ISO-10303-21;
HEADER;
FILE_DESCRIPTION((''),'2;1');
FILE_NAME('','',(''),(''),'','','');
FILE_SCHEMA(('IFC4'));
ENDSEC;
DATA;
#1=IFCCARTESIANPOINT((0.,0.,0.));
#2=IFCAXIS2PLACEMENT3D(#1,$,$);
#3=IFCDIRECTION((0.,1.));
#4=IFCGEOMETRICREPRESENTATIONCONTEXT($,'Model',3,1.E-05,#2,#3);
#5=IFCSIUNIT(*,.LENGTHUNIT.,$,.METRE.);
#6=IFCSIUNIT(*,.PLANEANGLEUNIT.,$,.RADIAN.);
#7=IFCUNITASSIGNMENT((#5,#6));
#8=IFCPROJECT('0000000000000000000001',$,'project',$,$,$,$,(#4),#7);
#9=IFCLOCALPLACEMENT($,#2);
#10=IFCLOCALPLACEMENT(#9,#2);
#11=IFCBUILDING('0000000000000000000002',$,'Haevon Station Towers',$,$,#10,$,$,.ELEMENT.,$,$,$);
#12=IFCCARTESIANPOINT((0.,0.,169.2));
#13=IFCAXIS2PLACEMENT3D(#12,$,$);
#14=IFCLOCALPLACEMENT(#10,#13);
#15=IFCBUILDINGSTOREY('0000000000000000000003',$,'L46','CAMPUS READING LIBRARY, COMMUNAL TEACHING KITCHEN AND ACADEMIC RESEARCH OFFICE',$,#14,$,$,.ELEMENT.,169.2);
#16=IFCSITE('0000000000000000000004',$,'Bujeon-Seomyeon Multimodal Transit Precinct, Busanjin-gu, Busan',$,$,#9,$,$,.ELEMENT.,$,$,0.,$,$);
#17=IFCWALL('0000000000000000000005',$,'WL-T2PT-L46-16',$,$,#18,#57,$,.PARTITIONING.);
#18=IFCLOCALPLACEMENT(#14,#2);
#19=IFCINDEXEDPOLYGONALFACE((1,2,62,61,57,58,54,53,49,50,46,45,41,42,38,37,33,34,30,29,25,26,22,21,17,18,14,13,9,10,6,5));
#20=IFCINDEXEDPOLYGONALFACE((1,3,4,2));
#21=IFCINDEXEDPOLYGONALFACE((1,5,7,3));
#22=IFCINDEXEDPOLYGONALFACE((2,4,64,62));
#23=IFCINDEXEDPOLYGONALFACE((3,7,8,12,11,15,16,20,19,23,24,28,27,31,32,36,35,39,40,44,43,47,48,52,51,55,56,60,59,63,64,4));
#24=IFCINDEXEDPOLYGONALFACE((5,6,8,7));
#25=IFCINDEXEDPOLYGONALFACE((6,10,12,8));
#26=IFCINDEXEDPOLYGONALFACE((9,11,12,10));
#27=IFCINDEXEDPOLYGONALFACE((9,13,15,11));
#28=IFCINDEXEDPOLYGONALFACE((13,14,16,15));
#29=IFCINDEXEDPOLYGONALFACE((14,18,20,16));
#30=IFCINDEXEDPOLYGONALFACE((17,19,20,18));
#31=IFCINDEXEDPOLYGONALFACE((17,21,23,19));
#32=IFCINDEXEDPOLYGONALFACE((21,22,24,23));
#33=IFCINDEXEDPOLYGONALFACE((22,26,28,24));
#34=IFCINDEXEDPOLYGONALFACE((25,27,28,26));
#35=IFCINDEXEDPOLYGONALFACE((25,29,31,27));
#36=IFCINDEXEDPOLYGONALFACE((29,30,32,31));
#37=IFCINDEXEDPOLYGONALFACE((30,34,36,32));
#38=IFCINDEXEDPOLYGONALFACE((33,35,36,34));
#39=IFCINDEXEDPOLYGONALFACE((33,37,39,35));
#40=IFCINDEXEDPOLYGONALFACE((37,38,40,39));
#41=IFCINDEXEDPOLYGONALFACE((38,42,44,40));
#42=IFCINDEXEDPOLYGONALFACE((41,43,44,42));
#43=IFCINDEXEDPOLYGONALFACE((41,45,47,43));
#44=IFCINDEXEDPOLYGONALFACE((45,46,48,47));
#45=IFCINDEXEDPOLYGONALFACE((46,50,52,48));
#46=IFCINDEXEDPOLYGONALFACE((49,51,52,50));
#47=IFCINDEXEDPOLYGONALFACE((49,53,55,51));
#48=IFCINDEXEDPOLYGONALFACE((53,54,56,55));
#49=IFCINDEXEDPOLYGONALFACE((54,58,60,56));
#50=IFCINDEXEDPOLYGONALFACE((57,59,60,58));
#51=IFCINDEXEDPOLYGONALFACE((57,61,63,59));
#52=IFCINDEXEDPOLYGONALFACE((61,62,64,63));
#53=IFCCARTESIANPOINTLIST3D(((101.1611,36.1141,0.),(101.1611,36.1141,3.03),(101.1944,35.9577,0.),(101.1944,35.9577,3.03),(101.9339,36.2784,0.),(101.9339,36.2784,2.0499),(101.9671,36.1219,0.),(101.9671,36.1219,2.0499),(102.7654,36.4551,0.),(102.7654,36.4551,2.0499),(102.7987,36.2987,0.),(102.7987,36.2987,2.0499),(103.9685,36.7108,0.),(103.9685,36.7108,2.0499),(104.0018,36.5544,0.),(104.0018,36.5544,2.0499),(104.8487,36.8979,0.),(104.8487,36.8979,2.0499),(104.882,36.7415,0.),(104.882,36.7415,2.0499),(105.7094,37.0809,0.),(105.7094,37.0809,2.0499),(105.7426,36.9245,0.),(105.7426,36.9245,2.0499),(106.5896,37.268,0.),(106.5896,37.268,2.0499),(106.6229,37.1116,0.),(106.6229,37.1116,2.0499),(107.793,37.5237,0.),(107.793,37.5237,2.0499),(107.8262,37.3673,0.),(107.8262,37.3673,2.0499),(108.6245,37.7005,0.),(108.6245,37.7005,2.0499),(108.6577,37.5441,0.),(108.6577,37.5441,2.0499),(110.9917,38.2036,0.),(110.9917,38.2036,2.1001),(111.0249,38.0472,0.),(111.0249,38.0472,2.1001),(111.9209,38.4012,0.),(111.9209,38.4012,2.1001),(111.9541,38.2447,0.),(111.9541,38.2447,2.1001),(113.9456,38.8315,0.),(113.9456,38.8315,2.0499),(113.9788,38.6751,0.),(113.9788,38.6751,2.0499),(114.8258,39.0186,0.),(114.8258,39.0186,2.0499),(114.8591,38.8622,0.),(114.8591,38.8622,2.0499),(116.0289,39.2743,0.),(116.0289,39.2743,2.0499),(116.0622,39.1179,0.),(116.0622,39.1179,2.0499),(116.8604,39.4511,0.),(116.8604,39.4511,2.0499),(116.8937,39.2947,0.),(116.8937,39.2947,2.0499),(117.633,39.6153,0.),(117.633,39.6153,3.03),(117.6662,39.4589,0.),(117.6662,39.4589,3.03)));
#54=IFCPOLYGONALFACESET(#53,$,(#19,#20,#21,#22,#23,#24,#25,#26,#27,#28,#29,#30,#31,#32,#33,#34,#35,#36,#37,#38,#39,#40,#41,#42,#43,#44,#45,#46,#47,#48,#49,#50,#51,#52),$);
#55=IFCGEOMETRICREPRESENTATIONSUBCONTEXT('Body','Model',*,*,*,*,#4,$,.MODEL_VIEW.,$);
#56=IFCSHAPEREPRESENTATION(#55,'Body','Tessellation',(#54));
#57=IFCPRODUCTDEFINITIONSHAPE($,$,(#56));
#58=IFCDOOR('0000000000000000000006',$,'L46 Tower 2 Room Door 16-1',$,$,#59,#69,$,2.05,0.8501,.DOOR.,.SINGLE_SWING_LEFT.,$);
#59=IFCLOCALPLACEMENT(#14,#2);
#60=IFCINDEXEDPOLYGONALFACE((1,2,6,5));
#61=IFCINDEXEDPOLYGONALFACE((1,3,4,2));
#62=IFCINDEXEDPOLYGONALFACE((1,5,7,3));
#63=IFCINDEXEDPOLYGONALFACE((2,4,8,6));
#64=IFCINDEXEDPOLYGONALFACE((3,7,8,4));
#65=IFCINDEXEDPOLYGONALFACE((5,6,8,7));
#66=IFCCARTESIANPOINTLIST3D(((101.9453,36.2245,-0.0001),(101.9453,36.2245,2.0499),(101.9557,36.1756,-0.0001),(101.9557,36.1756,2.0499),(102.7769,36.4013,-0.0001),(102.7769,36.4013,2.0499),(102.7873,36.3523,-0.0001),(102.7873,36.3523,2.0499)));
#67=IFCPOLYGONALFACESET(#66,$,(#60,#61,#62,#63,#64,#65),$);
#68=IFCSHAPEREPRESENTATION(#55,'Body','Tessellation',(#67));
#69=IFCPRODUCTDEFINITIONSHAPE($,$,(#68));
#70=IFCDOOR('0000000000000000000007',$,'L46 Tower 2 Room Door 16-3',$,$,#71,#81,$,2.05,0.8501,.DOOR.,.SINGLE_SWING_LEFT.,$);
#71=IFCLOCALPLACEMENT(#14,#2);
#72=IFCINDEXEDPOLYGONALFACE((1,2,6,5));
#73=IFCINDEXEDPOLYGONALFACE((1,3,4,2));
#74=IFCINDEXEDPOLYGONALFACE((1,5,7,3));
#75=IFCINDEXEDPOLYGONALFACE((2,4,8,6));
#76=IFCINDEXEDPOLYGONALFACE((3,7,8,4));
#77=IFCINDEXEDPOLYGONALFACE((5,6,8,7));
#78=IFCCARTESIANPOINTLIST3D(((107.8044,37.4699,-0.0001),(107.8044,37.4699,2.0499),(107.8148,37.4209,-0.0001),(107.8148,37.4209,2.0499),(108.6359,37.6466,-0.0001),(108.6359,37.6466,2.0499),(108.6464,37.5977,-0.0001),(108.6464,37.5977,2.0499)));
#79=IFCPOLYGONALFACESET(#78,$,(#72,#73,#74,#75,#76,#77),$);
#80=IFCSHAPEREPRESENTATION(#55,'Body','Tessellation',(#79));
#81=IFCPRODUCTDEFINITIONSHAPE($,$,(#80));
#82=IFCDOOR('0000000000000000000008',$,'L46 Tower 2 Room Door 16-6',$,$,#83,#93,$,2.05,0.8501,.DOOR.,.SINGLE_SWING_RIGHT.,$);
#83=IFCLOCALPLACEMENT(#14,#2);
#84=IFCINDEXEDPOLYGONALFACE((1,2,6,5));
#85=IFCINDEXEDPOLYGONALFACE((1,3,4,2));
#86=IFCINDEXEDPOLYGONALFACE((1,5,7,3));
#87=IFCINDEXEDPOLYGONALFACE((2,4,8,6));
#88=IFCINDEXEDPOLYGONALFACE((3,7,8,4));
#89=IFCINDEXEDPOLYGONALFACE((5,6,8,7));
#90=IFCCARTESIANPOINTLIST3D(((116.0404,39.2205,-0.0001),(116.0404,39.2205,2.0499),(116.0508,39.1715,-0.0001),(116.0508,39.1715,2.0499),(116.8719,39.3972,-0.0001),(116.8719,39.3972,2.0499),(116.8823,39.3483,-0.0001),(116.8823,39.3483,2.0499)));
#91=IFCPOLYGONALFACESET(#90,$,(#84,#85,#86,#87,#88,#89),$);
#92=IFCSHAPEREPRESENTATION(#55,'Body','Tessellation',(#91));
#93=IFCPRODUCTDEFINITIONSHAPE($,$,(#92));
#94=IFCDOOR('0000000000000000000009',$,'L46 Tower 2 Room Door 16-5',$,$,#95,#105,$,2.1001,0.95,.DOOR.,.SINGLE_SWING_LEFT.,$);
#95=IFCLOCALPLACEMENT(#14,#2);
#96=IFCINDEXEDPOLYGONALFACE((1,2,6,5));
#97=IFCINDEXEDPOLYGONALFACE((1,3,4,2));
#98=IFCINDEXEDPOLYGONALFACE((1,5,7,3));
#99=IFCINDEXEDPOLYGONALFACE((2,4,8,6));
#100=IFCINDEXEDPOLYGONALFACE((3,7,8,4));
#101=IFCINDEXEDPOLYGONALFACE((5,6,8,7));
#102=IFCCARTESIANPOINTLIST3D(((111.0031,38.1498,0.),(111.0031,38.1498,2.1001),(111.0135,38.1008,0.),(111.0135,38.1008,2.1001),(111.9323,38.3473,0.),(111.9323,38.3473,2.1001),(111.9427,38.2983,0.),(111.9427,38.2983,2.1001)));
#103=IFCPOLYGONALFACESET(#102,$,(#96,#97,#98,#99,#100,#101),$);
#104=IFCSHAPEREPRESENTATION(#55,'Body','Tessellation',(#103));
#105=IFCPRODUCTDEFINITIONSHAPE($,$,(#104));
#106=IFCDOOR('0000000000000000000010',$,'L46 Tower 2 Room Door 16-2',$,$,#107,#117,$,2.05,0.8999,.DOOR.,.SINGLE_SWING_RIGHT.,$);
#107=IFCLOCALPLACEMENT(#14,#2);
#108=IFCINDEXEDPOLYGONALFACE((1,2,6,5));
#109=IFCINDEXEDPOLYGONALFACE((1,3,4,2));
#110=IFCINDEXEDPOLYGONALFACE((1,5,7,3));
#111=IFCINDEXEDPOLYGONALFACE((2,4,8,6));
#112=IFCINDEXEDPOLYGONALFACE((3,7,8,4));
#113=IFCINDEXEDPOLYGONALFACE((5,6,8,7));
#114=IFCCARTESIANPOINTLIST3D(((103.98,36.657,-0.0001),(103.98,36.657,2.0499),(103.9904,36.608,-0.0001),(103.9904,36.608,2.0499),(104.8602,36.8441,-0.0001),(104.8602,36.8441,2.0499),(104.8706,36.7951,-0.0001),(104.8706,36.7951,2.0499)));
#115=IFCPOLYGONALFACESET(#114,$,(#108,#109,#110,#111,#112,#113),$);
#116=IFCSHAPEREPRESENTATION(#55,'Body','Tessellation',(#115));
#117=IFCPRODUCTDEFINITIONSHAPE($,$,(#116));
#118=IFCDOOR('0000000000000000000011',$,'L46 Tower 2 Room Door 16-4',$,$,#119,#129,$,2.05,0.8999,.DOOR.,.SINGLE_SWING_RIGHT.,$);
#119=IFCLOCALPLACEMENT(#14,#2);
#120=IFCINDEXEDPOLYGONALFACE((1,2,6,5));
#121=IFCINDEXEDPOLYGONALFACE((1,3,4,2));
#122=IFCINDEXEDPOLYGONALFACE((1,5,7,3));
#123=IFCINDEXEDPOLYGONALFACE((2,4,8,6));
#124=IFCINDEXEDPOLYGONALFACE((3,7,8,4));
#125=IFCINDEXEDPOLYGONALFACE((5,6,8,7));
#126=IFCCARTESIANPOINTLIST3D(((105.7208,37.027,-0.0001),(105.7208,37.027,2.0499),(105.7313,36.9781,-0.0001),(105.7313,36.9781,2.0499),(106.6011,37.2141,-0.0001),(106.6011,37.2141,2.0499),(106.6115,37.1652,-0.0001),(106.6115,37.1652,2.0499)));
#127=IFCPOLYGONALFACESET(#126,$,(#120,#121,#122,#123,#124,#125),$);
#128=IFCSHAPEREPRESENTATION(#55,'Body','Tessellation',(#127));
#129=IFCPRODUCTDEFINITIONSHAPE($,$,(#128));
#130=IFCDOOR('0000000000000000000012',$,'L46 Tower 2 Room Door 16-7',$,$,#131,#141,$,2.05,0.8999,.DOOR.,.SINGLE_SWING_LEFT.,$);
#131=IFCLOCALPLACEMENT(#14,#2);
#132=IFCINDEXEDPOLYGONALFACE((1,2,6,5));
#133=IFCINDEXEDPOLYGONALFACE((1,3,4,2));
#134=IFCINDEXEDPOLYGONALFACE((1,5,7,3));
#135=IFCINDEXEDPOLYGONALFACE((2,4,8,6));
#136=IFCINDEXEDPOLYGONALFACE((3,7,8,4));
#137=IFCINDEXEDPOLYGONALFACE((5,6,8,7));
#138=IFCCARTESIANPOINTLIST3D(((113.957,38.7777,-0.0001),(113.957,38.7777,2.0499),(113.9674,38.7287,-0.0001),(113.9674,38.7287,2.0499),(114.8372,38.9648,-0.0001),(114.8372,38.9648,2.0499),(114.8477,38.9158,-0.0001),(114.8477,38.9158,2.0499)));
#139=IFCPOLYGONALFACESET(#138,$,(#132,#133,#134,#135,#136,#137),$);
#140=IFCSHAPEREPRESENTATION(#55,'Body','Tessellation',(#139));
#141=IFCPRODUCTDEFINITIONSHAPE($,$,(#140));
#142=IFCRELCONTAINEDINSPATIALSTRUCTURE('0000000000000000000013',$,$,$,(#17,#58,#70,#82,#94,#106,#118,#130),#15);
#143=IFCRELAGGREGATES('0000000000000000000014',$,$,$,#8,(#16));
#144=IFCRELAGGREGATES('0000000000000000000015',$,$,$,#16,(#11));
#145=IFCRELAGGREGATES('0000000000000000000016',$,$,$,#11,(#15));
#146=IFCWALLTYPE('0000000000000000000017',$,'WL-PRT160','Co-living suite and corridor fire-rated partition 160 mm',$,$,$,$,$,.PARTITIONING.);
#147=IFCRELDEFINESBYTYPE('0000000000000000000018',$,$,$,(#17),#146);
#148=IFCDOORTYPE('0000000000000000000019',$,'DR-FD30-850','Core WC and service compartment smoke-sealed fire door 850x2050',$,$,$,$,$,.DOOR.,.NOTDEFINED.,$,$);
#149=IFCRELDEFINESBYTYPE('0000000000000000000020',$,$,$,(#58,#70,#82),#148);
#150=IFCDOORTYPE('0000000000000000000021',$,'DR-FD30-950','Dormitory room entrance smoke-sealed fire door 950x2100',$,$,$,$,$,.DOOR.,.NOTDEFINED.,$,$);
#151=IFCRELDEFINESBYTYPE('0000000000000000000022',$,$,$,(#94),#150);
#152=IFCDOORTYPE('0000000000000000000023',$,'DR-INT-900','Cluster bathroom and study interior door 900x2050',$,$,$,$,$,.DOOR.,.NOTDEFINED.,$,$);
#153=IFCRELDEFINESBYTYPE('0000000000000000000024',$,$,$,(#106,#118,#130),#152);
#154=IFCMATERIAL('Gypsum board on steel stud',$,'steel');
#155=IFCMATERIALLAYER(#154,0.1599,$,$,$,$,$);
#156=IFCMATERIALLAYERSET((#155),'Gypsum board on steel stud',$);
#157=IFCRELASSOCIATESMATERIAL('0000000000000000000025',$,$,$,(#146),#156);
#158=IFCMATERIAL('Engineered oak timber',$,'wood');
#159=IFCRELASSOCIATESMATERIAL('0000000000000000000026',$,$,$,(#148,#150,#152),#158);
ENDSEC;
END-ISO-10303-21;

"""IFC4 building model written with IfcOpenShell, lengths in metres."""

from ifc_helpers import new_model, si_unit, direction, frame, frame_2d, origin, place, context, subcontext, project, spatial, rectangle, extrude, material, layer, layer_set, type_object, element, fill, save


model = new_model("IFC4")

# Units and contexts
model_context = context("Model", 3, precision=1e-05, world=origin(), true_north=direction((0.0, 1.0)))
body_context = subcontext(model_context, "Body", "Model", "MODEL_VIEW")
ifc_project = project(units=[si_unit("LENGTHUNIT", "METRE"), si_unit("PLANEANGLEUNIT", "RADIAN")], contexts=[model_context])

# Site, building, storey
site_placement = place(None, origin())
site = spatial("IfcSite", under=ifc_project, at=site_placement, Name="Bujeon-Seomyeon Multimodal Transit Precinct, Busanjin-gu, Busan", CompositionType="ELEMENT", RefElevation=0.0)
building_placement = place(site_placement, origin())
building = spatial("IfcBuilding", under=site, at=building_placement, Name="Haevon Station Towers", CompositionType="ELEMENT")
storey_placement = place(building_placement, frame((0.0, 0.0, 169.2)))
storey = spatial("IfcBuildingStorey", under=building, at=storey_placement, Name="L46", Description="CAMPUS READING LIBRARY, COMMUNAL TEACHING KITCHEN AND ACADEMIC RESEARCH OFFICE", CompositionType="ELEMENT", Elevation=169.2)

# Shared definitions
ifc_material_1 = material(Name="Gypsum board on steel stud", Category="steel")
ifc_layer_1 = layer(ifc_material_1, 0.1599)
ifc_layer_set_1 = layer_set([ifc_layer_1], Name="Gypsum board on steel stud")
wall_type_1 = type_object("IfcWallType", Name="WL-PRT160", Description="Co-living suite and corridor fire-rated partition 160 mm", PredefinedType="PARTITIONING", material=ifc_layer_set_1)

# Wall, openings, doors
wall_1_placement = place(storey_placement, frame((101.1777, 36.0359, 0.0), z_axis=(0.0, 0.0, 1.0), x_axis=(0.978148, 0.207912, 0.0)))
wall_1 = element("IfcWall", 1, at=wall_1_placement, inside=storey, type_object=wall_type_1, Name="WL-T2PT-L46-16", PredefinedType="PARTITIONING", context=body_context, shape_type="SweptSolid", body=[
    extrude(rectangle(XDim=16.8398, YDim=0.1599, at=frame_2d((8.4199, 0.0))), origin(), (0.0, 0.0, 1.0), 3.03),
])
opening_1_placement = place(wall_1_placement, frame((0.79, 0.0, 0.0)))
opening_1 = element("IfcOpeningElement", 2, at=opening_1_placement, cuts=wall_1, PredefinedType="OPENING", context=body_context, shape_type="SweptSolid", body=[
    extrude(rectangle(XDim=0.8501, YDim=2.05, at=frame_2d((0.425, 1.0249))), frame((0.0, 0.0898, 0.0), z_axis=(0.0, -1.0, 0.0), x_axis=(1.0, 0.0, 0.0)), (0.0, 0.0, 1.0), 0.1799),
])
opening_2_placement = place(wall_1_placement, frame((2.8701, 0.0, 0.0)))
opening_2 = element("IfcOpeningElement", 3, at=opening_2_placement, cuts=wall_1, PredefinedType="OPENING", context=body_context, shape_type="SweptSolid", body=[
    extrude(rectangle(XDim=0.8999, YDim=2.05, at=frame_2d((0.45, 1.0249))), frame((0.0, 0.0898, 0.0), z_axis=(0.0, -1.0, 0.0), x_axis=(1.0, 0.0, 0.0)), (0.0, 0.0, 1.0), 0.1799),
])
opening_3_placement = place(wall_1_placement, frame((6.78, 0.0, 0.0)))
opening_3 = element("IfcOpeningElement", 4, at=opening_3_placement, cuts=wall_1, PredefinedType="OPENING", context=body_context, shape_type="SweptSolid", body=[
    extrude(rectangle(XDim=0.8501, YDim=2.05, at=frame_2d((0.425, 1.0249))), frame((0.0, 0.0898, 0.0), z_axis=(0.0, -1.0, 0.0), x_axis=(1.0, 0.0, 0.0)), (0.0, 0.0, 1.0), 0.1799),
])
opening_4_placement = place(wall_1_placement, frame((4.6499, 0.0, 0.0)))
opening_4 = element("IfcOpeningElement", 5, at=opening_4_placement, cuts=wall_1, PredefinedType="OPENING", context=body_context, shape_type="SweptSolid", body=[
    extrude(rectangle(XDim=0.8999, YDim=2.05, at=frame_2d((0.45, 1.0249))), frame((0.0, 0.0898, 0.0), z_axis=(0.0, -1.0, 0.0), x_axis=(1.0, 0.0, 0.0)), (0.0, 0.0, 1.0), 0.1799),
])
opening_5_placement = place(wall_1_placement, frame((10.05, 0.0, 0.0)))
opening_5 = element("IfcOpeningElement", 6, at=opening_5_placement, cuts=wall_1, PredefinedType="OPENING", context=body_context, shape_type="SweptSolid", body=[
    extrude(rectangle(XDim=0.95, YDim=2.1001, at=frame_2d((0.4751, 1.05))), frame((0.0, 0.0898, 0.0), z_axis=(0.0, -1.0, 0.0), x_axis=(1.0, 0.0, 0.0)), (0.0, 0.0, 1.0), 0.1799),
])
opening_6_placement = place(wall_1_placement, frame((15.2, 0.0, 0.0)))
opening_6 = element("IfcOpeningElement", 7, at=opening_6_placement, cuts=wall_1, PredefinedType="OPENING", context=body_context, shape_type="SweptSolid", body=[
    extrude(rectangle(XDim=0.8501, YDim=2.05, at=frame_2d((0.425, 1.0249))), frame((0.0, 0.0898, 0.0), z_axis=(0.0, -1.0, 0.0), x_axis=(1.0, 0.0, 0.0)), (0.0, 0.0, 1.0), 0.1799),
])
opening_7_placement = place(wall_1_placement, frame((13.0701, 0.0, 0.0)))
opening_7 = element("IfcOpeningElement", 8, at=opening_7_placement, cuts=wall_1, PredefinedType="OPENING", context=body_context, shape_type="SweptSolid", body=[
    extrude(rectangle(XDim=0.8999, YDim=2.05, at=frame_2d((0.45, 1.0249))), frame((0.0, 0.0898, 0.0), z_axis=(0.0, -1.0, 0.0), x_axis=(1.0, 0.0, 0.0)), (0.0, 0.0, 1.0), 0.1799),
])
ifc_material_2 = material(Name="Engineered oak timber", Category="wood")
door_type_1 = type_object("IfcDoorType", Name="DR-FD30-850", Description="Core WC and service compartment smoke-sealed fire door 850x2050", OperationType="NOTDEFINED", PredefinedType="DOOR", material=ifc_material_2)
door_1_placement = place(opening_1_placement, origin())
door_1 = element("IfcDoor", 9, at=door_1_placement, inside=storey, type_object=door_type_1, Name="L46 Tower 2 Room Door 16-1", OperationType="SINGLE_SWING_LEFT", OverallHeight=2.05, OverallWidth=0.8501, PredefinedType="DOOR", context=body_context, shape_type="SweptSolid", body=[
    extrude(rectangle(XDim=0.8501, YDim=2.05, at=frame_2d((0.425, 1.0249))), frame((0.0, 0.0249, 0.0), z_axis=(0.0, -1.0, 0.0), x_axis=(1.0, 0.0, 0.0)), (0.0, 0.0, 1.0), 0.05),
])
fill(opening_1, door_1)
door_2_placement = place(opening_3_placement, origin())
door_2 = element("IfcDoor", 10, at=door_2_placement, inside=storey, type_object=door_type_1, Name="L46 Tower 2 Room Door 16-3", OperationType="SINGLE_SWING_LEFT", OverallHeight=2.05, OverallWidth=0.8501, PredefinedType="DOOR", context=body_context, shape_type="SweptSolid", body=[
    extrude(rectangle(XDim=0.8501, YDim=2.05, at=frame_2d((0.425, 1.0249))), frame((0.0, 0.0249, 0.0), z_axis=(0.0, -1.0, 0.0), x_axis=(1.0, 0.0, 0.0)), (0.0, 0.0, 1.0), 0.05),
])
fill(opening_3, door_2)
door_3_placement = place(opening_6_placement, origin())
door_3 = element("IfcDoor", 11, at=door_3_placement, inside=storey, type_object=door_type_1, Name="L46 Tower 2 Room Door 16-6", OperationType="SINGLE_SWING_RIGHT", OverallHeight=2.05, OverallWidth=0.8501, PredefinedType="DOOR", context=body_context, shape_type="SweptSolid", body=[
    extrude(rectangle(XDim=0.8501, YDim=2.05, at=frame_2d((0.425, 1.0249))), frame((0.0, 0.0249, 0.0), z_axis=(0.0, -1.0, 0.0), x_axis=(1.0, 0.0, 0.0)), (0.0, 0.0, 1.0), 0.05),
])
fill(opening_6, door_3)
door_type_2 = type_object("IfcDoorType", Name="DR-FD30-950", Description="Dormitory room entrance smoke-sealed fire door 950x2100", OperationType="NOTDEFINED", PredefinedType="DOOR", material=ifc_material_2)
door_4_placement = place(opening_5_placement, origin())
door_4 = element("IfcDoor", 12, at=door_4_placement, inside=storey, type_object=door_type_2, Name="L46 Tower 2 Room Door 16-5", OperationType="SINGLE_SWING_LEFT", OverallHeight=2.1001, OverallWidth=0.95, PredefinedType="DOOR", context=body_context, shape_type="SweptSolid", body=[
    extrude(rectangle(XDim=0.95, YDim=2.1001, at=frame_2d((0.4751, 1.05))), frame((0.0, 0.0249, 0.0), z_axis=(0.0, -1.0, 0.0), x_axis=(1.0, 0.0, 0.0)), (0.0, 0.0, 1.0), 0.05),
])
fill(opening_5, door_4)
door_type_3 = type_object("IfcDoorType", Name="DR-INT-900", Description="Cluster bathroom and study interior door 900x2050", OperationType="NOTDEFINED", PredefinedType="DOOR", material=ifc_material_2)
door_5_placement = place(opening_2_placement, origin())
door_5 = element("IfcDoor", 13, at=door_5_placement, inside=storey, type_object=door_type_3, Name="L46 Tower 2 Room Door 16-2", OperationType="SINGLE_SWING_RIGHT", OverallHeight=2.05, OverallWidth=0.8999, PredefinedType="DOOR", context=body_context, shape_type="SweptSolid", body=[
    extrude(rectangle(XDim=0.8999, YDim=2.05, at=frame_2d((0.45, 1.0249))), frame((0.0, 0.0249, 0.0), z_axis=(0.0, -1.0, 0.0), x_axis=(1.0, 0.0, 0.0)), (0.0, 0.0, 1.0), 0.05),
])
fill(opening_2, door_5)
door_6_placement = place(opening_4_placement, origin())
door_6 = element("IfcDoor", 14, at=door_6_placement, inside=storey, type_object=door_type_3, Name="L46 Tower 2 Room Door 16-4", OperationType="SINGLE_SWING_RIGHT", OverallHeight=2.05, OverallWidth=0.8999, PredefinedType="DOOR", context=body_context, shape_type="SweptSolid", body=[
    extrude(rectangle(XDim=0.8999, YDim=2.05, at=frame_2d((0.45, 1.0249))), frame((0.0, 0.0249, 0.0), z_axis=(0.0, -1.0, 0.0), x_axis=(1.0, 0.0, 0.0)), (0.0, 0.0, 1.0), 0.05),
])
fill(opening_4, door_6)
door_7_placement = place(opening_7_placement, origin())
door_7 = element("IfcDoor", 15, at=door_7_placement, inside=storey, type_object=door_type_3, Name="L46 Tower 2 Room Door 16-7", OperationType="SINGLE_SWING_LEFT", OverallHeight=2.05, OverallWidth=0.8999, PredefinedType="DOOR", context=body_context, shape_type="SweptSolid", body=[
    extrude(rectangle(XDim=0.8999, YDim=2.05, at=frame_2d((0.45, 1.0249))), frame((0.0, 0.0249, 0.0), z_axis=(0.0, -1.0, 0.0), x_axis=(1.0, 0.0, 0.0)), (0.0, 0.0, 1.0), 0.05),
])
fill(opening_7, door_7)

save(model, "model.ifc")
